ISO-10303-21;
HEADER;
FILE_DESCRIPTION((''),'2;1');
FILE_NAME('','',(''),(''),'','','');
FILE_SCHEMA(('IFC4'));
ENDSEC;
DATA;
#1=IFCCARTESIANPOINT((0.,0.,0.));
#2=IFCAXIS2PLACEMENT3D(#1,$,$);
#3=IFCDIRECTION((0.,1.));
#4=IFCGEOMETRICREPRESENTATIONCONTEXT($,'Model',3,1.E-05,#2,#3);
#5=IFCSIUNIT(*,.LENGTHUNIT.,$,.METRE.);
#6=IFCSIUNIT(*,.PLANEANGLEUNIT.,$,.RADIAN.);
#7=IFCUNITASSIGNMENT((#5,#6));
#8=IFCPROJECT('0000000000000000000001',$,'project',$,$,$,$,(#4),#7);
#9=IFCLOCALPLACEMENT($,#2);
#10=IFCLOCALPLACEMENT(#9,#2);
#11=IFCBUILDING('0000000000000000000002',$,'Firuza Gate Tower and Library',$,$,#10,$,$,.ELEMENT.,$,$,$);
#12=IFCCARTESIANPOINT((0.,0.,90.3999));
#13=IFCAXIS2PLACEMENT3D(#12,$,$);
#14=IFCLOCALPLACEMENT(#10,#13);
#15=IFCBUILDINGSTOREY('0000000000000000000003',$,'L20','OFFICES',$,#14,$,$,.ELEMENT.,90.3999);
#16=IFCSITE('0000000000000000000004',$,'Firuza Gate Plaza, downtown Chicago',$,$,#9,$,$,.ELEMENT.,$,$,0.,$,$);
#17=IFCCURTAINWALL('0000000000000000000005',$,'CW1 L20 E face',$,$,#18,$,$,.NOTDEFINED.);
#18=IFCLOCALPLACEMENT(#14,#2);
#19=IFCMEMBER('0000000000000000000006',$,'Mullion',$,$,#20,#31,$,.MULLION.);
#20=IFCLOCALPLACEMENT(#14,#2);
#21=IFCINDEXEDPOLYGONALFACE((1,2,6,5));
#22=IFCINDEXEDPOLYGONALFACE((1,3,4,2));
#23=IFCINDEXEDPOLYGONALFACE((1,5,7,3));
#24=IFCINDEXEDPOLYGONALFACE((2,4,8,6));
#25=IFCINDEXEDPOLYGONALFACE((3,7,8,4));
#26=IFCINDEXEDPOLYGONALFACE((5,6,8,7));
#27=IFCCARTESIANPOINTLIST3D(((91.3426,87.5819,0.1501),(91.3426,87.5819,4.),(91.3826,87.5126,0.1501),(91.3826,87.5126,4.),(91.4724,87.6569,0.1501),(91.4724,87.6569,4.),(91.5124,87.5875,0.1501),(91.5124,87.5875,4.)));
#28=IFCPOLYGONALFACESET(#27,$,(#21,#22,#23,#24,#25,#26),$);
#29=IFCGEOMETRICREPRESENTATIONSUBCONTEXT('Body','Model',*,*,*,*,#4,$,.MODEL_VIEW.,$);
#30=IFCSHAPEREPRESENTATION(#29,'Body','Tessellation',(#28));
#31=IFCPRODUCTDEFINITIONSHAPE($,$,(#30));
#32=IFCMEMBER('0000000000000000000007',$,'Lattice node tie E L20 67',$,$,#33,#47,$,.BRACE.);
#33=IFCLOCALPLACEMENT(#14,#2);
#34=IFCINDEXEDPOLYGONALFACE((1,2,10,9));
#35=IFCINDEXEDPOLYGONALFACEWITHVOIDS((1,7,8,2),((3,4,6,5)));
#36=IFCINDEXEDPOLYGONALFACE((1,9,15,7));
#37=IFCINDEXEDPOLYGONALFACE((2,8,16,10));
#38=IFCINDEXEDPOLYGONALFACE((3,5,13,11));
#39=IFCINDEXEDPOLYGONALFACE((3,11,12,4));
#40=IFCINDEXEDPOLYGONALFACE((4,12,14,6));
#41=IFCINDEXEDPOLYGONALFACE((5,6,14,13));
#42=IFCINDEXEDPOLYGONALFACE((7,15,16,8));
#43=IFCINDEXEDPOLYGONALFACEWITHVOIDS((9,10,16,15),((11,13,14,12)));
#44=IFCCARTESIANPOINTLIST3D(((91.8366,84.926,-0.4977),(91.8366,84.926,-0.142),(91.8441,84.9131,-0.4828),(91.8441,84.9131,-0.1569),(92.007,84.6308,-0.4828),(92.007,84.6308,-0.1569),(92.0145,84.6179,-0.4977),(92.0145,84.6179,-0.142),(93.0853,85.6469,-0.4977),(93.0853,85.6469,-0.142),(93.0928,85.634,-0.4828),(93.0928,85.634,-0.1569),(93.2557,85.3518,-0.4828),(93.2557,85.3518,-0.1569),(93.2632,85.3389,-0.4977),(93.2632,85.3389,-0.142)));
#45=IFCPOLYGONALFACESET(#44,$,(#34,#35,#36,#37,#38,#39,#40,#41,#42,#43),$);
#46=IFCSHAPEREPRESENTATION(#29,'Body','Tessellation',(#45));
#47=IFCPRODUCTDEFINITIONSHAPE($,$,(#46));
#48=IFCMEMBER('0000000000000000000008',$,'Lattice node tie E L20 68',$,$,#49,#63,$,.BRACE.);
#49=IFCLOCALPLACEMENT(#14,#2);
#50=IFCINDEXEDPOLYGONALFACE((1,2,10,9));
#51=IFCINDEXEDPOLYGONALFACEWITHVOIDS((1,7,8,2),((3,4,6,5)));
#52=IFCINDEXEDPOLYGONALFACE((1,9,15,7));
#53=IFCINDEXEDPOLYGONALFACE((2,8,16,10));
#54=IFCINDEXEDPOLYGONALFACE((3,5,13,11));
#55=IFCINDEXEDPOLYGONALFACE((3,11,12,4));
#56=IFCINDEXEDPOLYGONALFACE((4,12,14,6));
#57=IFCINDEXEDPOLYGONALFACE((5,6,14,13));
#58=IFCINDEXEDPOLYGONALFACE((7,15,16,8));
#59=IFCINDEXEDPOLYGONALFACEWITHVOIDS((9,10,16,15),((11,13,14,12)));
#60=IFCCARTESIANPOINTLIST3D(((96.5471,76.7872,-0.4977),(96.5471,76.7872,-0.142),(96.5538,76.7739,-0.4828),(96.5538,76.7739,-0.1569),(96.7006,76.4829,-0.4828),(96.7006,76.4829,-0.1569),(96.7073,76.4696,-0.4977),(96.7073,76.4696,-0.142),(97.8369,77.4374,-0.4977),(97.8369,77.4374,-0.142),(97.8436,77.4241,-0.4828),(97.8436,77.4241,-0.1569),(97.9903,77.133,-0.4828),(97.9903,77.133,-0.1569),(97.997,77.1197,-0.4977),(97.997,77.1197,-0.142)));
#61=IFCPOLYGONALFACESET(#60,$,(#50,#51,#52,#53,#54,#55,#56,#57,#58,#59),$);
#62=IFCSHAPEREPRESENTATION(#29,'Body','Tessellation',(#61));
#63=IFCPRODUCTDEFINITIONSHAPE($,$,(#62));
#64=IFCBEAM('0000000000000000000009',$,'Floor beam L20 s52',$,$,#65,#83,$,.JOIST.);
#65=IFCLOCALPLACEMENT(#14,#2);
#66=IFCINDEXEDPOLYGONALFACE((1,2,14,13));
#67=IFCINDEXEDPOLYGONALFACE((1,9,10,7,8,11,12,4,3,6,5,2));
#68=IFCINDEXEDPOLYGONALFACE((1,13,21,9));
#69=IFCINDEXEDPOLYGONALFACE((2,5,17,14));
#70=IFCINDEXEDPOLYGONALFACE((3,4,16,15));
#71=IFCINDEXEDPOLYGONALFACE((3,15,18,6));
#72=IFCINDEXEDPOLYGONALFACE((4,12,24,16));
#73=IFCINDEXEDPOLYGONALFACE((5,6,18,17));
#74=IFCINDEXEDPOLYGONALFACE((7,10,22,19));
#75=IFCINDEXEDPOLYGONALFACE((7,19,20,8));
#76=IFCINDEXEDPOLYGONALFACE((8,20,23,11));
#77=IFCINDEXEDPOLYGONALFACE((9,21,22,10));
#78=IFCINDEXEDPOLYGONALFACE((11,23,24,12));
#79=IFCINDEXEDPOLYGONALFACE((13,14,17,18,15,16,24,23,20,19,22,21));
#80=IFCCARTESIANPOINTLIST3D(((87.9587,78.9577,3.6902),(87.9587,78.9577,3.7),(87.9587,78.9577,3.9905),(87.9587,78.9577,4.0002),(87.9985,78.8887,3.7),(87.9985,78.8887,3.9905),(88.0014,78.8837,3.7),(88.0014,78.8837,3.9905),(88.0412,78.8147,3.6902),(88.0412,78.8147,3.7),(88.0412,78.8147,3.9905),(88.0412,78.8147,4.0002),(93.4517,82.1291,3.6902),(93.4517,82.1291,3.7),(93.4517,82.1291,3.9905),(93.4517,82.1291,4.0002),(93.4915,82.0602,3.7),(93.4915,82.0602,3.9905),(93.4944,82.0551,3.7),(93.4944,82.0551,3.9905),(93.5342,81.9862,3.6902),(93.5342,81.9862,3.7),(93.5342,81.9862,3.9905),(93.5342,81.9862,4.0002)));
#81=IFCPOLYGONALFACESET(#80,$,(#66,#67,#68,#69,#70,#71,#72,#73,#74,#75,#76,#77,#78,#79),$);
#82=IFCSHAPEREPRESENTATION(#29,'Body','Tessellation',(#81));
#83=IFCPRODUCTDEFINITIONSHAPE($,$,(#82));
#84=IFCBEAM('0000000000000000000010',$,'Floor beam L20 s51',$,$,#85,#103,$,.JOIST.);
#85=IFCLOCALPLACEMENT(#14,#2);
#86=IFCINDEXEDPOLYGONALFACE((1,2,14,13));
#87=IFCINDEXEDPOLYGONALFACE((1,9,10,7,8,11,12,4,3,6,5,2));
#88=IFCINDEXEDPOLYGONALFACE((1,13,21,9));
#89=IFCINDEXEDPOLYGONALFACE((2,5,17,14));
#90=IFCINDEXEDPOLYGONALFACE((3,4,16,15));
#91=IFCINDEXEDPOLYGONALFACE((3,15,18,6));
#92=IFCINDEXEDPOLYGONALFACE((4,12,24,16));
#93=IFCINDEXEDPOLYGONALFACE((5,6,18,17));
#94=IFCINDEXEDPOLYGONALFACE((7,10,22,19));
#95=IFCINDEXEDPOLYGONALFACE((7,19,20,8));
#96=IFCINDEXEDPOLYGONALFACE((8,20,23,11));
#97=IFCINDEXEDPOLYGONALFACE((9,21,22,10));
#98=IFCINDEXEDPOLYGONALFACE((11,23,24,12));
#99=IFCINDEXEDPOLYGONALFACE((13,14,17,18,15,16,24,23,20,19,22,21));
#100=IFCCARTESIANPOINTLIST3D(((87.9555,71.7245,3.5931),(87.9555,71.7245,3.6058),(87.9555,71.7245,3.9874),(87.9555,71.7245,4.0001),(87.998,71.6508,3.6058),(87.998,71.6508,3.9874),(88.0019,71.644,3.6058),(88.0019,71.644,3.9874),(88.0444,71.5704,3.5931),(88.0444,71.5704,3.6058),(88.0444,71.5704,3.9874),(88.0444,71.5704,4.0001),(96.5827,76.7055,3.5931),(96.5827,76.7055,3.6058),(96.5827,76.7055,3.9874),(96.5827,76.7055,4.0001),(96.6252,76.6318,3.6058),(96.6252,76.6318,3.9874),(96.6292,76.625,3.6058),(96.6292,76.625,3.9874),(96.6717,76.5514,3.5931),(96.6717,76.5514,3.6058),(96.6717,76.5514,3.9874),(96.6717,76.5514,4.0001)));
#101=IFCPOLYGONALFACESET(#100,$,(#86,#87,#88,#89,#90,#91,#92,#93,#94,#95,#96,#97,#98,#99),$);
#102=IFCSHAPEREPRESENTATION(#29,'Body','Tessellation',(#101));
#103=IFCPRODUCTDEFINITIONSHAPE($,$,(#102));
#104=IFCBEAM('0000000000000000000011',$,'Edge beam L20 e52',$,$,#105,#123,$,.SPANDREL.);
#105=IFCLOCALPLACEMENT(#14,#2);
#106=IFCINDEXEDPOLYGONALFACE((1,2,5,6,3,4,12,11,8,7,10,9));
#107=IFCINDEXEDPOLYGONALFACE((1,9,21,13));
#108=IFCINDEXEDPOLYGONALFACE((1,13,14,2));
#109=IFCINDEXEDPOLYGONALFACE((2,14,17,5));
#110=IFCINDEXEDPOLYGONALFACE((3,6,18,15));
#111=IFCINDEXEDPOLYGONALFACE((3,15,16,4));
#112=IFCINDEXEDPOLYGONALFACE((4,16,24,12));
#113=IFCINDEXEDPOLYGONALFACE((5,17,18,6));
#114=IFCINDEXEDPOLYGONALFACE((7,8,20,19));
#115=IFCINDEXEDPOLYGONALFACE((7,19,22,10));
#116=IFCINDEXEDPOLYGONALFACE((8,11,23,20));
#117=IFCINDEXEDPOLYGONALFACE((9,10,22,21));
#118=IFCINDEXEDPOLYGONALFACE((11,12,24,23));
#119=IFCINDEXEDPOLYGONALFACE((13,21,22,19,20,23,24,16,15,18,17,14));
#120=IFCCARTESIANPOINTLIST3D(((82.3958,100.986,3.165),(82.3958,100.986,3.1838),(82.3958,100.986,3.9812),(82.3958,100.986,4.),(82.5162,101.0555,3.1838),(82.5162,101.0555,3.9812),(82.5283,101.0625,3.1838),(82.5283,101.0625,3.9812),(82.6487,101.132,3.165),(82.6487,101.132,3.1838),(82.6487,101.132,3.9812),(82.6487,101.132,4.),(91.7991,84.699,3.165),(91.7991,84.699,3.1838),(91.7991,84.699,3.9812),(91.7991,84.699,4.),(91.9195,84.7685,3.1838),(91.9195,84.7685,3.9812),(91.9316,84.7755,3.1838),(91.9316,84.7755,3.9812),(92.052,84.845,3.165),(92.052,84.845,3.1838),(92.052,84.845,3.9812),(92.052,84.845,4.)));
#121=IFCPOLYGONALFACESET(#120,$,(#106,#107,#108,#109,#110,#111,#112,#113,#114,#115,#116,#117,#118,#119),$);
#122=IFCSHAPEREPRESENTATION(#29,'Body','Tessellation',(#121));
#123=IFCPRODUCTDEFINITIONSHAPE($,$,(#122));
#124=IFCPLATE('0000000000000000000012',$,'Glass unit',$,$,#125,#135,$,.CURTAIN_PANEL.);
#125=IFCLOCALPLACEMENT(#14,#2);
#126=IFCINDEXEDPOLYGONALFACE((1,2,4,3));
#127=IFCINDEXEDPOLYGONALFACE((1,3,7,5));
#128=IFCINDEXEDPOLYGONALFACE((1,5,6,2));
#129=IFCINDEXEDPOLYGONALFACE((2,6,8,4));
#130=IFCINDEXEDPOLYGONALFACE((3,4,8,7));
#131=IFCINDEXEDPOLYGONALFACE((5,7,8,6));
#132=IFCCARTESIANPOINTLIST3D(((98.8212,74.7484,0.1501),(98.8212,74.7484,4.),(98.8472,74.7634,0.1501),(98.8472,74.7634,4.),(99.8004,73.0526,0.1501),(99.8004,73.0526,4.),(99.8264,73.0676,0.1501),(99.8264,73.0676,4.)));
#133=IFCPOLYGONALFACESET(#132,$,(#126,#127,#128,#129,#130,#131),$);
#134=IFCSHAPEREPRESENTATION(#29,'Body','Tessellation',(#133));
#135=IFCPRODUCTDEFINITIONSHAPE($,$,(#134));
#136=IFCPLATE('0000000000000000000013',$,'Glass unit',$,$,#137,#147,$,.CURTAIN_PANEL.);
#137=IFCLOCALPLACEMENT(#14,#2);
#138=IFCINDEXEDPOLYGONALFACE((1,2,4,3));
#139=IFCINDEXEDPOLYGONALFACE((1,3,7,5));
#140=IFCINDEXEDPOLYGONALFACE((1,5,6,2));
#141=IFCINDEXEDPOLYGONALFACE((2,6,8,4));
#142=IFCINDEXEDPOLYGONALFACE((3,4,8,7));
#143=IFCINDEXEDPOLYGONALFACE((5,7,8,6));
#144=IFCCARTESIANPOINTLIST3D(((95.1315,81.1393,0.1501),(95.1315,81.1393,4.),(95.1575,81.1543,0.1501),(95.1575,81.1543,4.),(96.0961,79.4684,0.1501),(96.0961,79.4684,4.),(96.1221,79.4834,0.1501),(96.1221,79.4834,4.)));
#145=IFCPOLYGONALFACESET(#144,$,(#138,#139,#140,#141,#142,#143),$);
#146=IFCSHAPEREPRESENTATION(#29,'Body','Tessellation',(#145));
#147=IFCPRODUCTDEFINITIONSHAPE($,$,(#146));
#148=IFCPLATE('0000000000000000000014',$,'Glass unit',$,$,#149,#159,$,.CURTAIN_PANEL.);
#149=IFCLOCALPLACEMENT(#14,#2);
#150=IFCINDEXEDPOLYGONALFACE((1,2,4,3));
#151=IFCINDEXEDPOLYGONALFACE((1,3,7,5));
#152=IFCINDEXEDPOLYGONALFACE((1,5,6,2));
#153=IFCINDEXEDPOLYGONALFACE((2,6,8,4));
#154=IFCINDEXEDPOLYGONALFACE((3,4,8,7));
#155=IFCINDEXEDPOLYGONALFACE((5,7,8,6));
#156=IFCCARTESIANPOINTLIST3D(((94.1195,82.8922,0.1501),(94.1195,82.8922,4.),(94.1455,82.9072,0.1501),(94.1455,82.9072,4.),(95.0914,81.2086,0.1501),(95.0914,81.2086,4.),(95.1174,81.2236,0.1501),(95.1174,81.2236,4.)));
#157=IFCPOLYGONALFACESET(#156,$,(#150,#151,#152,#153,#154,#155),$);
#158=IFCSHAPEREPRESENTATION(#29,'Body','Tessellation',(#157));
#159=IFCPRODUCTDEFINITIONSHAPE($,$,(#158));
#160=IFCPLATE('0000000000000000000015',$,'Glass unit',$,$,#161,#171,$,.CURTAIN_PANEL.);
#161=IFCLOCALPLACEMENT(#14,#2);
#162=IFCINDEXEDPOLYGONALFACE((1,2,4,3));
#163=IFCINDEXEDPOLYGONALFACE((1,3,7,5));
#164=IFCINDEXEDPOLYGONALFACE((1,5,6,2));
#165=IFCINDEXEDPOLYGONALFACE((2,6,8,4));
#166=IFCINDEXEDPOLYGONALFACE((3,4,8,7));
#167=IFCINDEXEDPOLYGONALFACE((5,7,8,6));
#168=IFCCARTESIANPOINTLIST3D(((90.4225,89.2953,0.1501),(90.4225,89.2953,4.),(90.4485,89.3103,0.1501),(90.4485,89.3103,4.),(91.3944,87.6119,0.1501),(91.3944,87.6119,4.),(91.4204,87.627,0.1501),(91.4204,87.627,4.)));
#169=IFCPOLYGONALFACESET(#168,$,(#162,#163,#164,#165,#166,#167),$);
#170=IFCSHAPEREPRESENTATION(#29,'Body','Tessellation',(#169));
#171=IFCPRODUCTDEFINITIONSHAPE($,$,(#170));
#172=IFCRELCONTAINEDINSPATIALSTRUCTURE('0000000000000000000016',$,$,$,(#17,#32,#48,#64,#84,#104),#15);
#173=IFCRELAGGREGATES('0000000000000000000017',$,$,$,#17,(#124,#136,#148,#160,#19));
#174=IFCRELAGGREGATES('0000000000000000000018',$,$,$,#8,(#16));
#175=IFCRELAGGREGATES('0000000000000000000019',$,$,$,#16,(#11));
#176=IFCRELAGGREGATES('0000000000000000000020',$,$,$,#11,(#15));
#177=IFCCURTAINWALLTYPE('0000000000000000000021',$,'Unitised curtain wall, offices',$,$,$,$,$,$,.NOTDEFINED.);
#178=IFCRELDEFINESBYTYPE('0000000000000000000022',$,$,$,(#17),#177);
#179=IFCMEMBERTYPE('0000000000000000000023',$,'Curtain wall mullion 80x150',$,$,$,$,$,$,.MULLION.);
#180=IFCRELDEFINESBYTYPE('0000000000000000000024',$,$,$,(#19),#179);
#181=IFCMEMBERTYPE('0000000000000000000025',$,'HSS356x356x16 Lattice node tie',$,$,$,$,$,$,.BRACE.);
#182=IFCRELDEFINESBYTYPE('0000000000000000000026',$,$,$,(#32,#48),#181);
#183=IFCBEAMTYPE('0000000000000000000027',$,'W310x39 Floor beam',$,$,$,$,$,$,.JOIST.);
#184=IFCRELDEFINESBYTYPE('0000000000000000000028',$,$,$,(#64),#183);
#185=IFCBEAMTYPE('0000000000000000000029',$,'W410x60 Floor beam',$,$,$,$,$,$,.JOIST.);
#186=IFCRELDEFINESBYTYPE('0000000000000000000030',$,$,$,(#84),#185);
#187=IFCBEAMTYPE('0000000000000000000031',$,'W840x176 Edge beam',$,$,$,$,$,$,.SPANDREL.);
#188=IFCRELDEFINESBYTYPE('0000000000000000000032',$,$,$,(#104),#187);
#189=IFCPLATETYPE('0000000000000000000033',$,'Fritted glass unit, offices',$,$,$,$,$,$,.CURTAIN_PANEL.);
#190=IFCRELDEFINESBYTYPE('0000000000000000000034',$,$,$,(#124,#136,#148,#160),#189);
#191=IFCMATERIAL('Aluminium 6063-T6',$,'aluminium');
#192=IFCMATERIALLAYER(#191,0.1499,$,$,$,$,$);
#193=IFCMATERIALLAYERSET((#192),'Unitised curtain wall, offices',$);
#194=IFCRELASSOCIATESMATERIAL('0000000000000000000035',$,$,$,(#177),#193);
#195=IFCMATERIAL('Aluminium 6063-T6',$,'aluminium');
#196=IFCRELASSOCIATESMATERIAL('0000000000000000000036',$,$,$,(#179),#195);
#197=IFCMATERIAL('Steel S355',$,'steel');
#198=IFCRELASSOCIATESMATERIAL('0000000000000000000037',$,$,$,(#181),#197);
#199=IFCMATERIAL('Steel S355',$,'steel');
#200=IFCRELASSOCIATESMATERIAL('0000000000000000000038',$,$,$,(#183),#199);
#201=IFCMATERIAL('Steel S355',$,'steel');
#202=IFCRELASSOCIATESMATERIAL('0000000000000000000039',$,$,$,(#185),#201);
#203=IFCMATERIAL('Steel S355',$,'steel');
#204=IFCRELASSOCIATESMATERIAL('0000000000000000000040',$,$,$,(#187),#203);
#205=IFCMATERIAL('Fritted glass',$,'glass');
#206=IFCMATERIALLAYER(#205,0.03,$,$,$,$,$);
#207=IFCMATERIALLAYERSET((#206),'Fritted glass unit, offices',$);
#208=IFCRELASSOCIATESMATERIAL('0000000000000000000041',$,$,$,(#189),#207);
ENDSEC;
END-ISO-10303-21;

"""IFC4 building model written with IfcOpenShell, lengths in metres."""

from ifc_helpers import new_model, si_unit, direction, frame, origin, origin_2d, place, context, subcontext, project, spatial, polyline, rectangle, hollow_rectangle, i_section, outline, extrude, material, layer, layer_set, material_profile, profile_set, type_object, element, aggregate, save


model = new_model("IFC4")

# Units and contexts
model_context = context("Model", 3, precision=1e-05, world=origin(), true_north=direction((0.0, 1.0)))
body_context = subcontext(model_context, "Body", "Model", "MODEL_VIEW")
ifc_project = project(units=[si_unit("LENGTHUNIT", "METRE"), si_unit("PLANEANGLEUNIT", "RADIAN")], contexts=[model_context])

# Site, building, storey
site_placement = place(None, origin())
site = spatial("IfcSite", under=ifc_project, at=site_placement, Name="Firuza Gate Plaza, downtown Chicago", CompositionType="ELEMENT", RefElevation=0.0)
building_placement = place(site_placement, origin())
building = spatial("IfcBuilding", under=site, at=building_placement, Name="Firuza Gate Tower and Library", CompositionType="ELEMENT")
storey_placement = place(building_placement, frame((0.0, 0.0, 90.3999)))
storey = spatial("IfcBuildingStorey", under=building, at=storey_placement, Name="L20", Description="OFFICES", CompositionType="ELEMENT", Elevation=90.3999)

# Curtain wall, member
ifc_material_1 = material(Name="Aluminium 6063-T6", Category="aluminium")
ifc_layer_1 = layer(ifc_material_1, 0.1499)
ifc_layer_set_1 = layer_set([ifc_layer_1], Name="Unitised curtain wall, offices")
curtain_wall_type = type_object("IfcCurtainWallType", Name="Unitised curtain wall, offices", PredefinedType="NOTDEFINED", material=ifc_layer_set_1)
curtain_wall_placement = place(storey_placement, origin())
curtain_wall = element("IfcCurtainWall", 1, at=curtain_wall_placement, inside=storey, type_object=curtain_wall_type, Name="CW1 L20 E face", PredefinedType="NOTDEFINED")
ifc_material_2 = material(Name="Aluminium 6063-T6", Category="aluminium")
ifc_material_profile_1 = material_profile(ifc_material_2, rectangle(XDim=0.1499, YDim=0.0801, at=origin_2d()))
ifc_profile_set_1 = profile_set([ifc_material_profile_1], Name="Aluminium 6063-T6")
member_type_1 = type_object("IfcMemberType", Name="Curtain wall mullion 80x150", PredefinedType="MULLION", material=ifc_profile_set_1)
member_1_placement = place(storey_placement, frame((91.4275, 87.5847, 0.1501), z_axis=(0.0, 0.0, 1.0), x_axis=(-0.866025, -0.5, 0.0)))
member_1 = element("IfcMember", 2, at=member_1_placement, type_object=member_type_1, Name="Mullion", PredefinedType="MULLION", context=body_context, shape_type="SweptSolid", body=[
    extrude(rectangle(XDim=0.1499, YDim=0.0801, at=origin_2d()), origin(), (0.0, 0.0, 1.0), 3.8499),
])

# Members
ifc_material_3 = material(Name="Steel S355", Category="steel")
ifc_material_profile_2 = material_profile(ifc_material_3, hollow_rectangle(XDim=0.3557, YDim=0.3557, WallThickness=0.0149, at=origin_2d()))
ifc_profile_set_2 = profile_set([ifc_material_profile_2], Name="Steel S355")
member_type_2 = type_object("IfcMemberType", Name="HSS356x356x16 Lattice node tie", PredefinedType="BRACE", material=ifc_profile_set_2)
member_2_placement = place(storey_placement, frame((91.9255, 84.772, -0.3198), z_axis=(0.866036, 0.499981, 0.0), x_axis=(-0.499981, 0.866036, 0.0)))
element("IfcMember", 3, at=member_2_placement, inside=storey, type_object=member_type_2, Name="Lattice node tie E L20 67", PredefinedType="BRACE", context=body_context, shape_type="SweptSolid", body=[
    extrude(hollow_rectangle(XDim=0.3557, YDim=0.3557, WallThickness=0.0149, at=origin_2d()), origin(), (0.0, 0.0, 1.0), 1.4419),
])
member_3_placement = place(storey_placement, frame((96.6272, 76.6284, -0.3198), z_axis=(0.892969, 0.450118, 0.0), x_axis=(-0.450118, 0.892969, 0.0)))
element("IfcMember", 4, at=member_3_placement, inside=storey, type_object=member_type_2, Name="Lattice node tie E L20 68", PredefinedType="BRACE", context=body_context, shape_type="SweptSolid", body=[
    extrude(hollow_rectangle(XDim=0.3557, YDim=0.3557, WallThickness=0.0149, at=origin_2d()), origin(), (0.0, 0.0, 1.0), 1.4443),
])

# Beams
ifc_material_4 = material(Name="Steel S355", Category="steel")
ifc_material_profile_3 = material_profile(ifc_material_4, i_section(OverallWidth=0.165, OverallDepth=0.3101, WebThickness=0.0059, FlangeThickness=0.0098, at=origin_2d()))
ifc_profile_set_3 = profile_set([ifc_material_profile_3], Name="Steel S355")
beam_type_1 = type_object("IfcBeamType", Name="W310x39 Floor beam", PredefinedType="JOIST", material=ifc_profile_set_3)
beam_1_placement = place(storey_placement, frame((93.4929, 82.0576, 3.8452), z_axis=(-0.866022, -0.500006, 0.0), x_axis=(0.500006, -0.866022, 0.0)))
element("IfcBeam", 5, at=beam_1_placement, inside=storey, type_object=beam_type_1, Name="Floor beam L20 s52", PredefinedType="JOIST", context=body_context, shape_type="SweptSolid", body=[
    extrude(i_section(OverallWidth=0.165, OverallDepth=0.3101, WebThickness=0.0059, FlangeThickness=0.0098, at=origin_2d()), origin(), (0.0, 0.0, 1.0), 6.3428),
])
ifc_material_5 = material(Name="Steel S355", Category="steel")
ifc_material_profile_4 = material_profile(ifc_material_5, i_section(OverallWidth=0.178, OverallDepth=0.407, WebThickness=0.0078, FlangeThickness=0.0127, at=origin_2d()))
ifc_profile_set_4 = profile_set([ifc_material_profile_4], Name="Steel S355")
beam_type_2 = type_object("IfcBeamType", Name="W410x60 Floor beam", PredefinedType="JOIST", material=ifc_profile_set_4)
beam_2_placement = place(storey_placement, frame((96.6272, 76.6284, 3.7966), z_axis=(-0.866024, -0.500003, 0.0), x_axis=(0.500003, -0.866024, 0.0)))
element("IfcBeam", 6, at=beam_2_placement, inside=storey, type_object=beam_type_2, Name="Floor beam L20 s51", PredefinedType="JOIST", context=body_context, shape_type="SweptSolid", body=[
    extrude(i_section(OverallWidth=0.178, OverallDepth=0.407, WebThickness=0.0078, FlangeThickness=0.0127, at=origin_2d()), origin(), (0.0, 0.0, 1.0), 9.9619),
])
ifc_material_6 = material(Name="Steel S355", Category="steel")
ifc_material_profile_5 = material_profile(ifc_material_6, i_section(OverallWidth=0.292, OverallDepth=0.835, WebThickness=0.0139, FlangeThickness=0.0188, at=origin_2d()))
ifc_profile_set_5 = profile_set([ifc_material_profile_5], Name="Steel S355")
beam_type_3 = type_object("IfcBeamType", Name="W840x176 Edge beam", PredefinedType="SPANDREL", material=ifc_profile_set_5)
beam_3_placement = place(storey_placement, frame((91.9255, 84.772, 3.5825), z_axis=(-0.499998, 0.866026, 0.0), x_axis=(-0.866026, -0.499998, 0.0)))
element("IfcBeam", 7, at=beam_3_placement, inside=storey, type_object=beam_type_3, Name="Edge beam L20 e52", PredefinedType="SPANDREL", context=body_context, shape_type="SweptSolid", body=[
    extrude(i_section(OverallWidth=0.292, OverallDepth=0.835, WebThickness=0.0139, FlangeThickness=0.0188, at=origin_2d()), origin(), (0.0, 0.0, 1.0), 18.8066),
])

# Plates
ifc_material_7 = material(Name="Fritted glass", Category="glass")
ifc_layer_2 = layer(ifc_material_7, 0.03)
ifc_layer_set_2 = layer_set([ifc_layer_2], Name="Fritted glass unit, offices")
plate_type_1 = type_object("IfcPlateType", Name="Fritted glass unit, offices", PredefinedType="CURTAIN_PANEL", material=ifc_layer_set_2)
plate_1_placement = place(storey_placement, frame((99.8264, 73.0676, 0.1501), z_axis=(0.865986, 0.500068, 0.0), x_axis=(-0.500068, 0.865986, 0.0)))
plate_1 = element("IfcPlate", 8, at=plate_1_placement, type_object=plate_type_1, Name="Glass unit", PredefinedType="CURTAIN_PANEL", context=body_context, shape_type="SweptSolid", body=[
    extrude(outline(polyline([(0.0, 0.0), (1.9582, 0.0), (1.9582, 3.8499), (0.0, 3.8499), (0.0, 0.0)])), origin(), (0.0, 0.0, -1.0), 0.03),
])
plate_2_placement = place(storey_placement, frame((96.1221, 79.4834, 0.1501), z_axis=(0.866047, 0.499963, 0.0), x_axis=(-0.499963, 0.866047, 0.0)))
plate_2 = element("IfcPlate", 9, at=plate_2_placement, type_object=plate_type_1, Name="Glass unit", PredefinedType="CURTAIN_PANEL", context=body_context, shape_type="SweptSolid", body=[
    extrude(outline(polyline([(0.0, 0.0), (1.9293, 0.0), (1.9293, 3.8499), (0.0, 3.8499), (0.0, 0.0)])), origin(), (0.0, 0.0, -1.0), 0.03),
])
plate_3_placement = place(storey_placement, frame((95.1174, 81.2236, 0.1501), z_axis=(0.866048, 0.499962, 0.0), x_axis=(-0.499962, 0.866048, 0.0)))
plate_3 = element("IfcPlate", 10, at=plate_3_placement, type_object=plate_type_1, Name="Glass unit", PredefinedType="CURTAIN_PANEL", context=body_context, shape_type="SweptSolid", body=[
    extrude(outline(polyline([(0.0, 0.0), (1.944, 0.0), (1.944, 3.8499), (0.0, 3.8499), (0.0, 0.0)])), origin(), (0.0, 0.0, -1.0), 0.03),
])
plate_4_placement = place(storey_placement, frame((91.4204, 87.627, 0.1501), z_axis=(0.866016, 0.500016, 0.0), x_axis=(-0.500016, 0.866016, 0.0)))
plate_4 = element("IfcPlate", 11, at=plate_4_placement, type_object=plate_type_1, Name="Glass unit", PredefinedType="CURTAIN_PANEL", context=body_context, shape_type="SweptSolid", body=[
    extrude(outline(polyline([(0.0, 0.0), (1.9438, 0.0), (1.9438, 3.8499), (0.0, 3.8499), (0.0, 0.0)])), origin(), (0.0, 0.0, -1.0), 0.03),
])
aggregate(curtain_wall, [plate_1, plate_2, plate_3, plate_4, member_1])

save(model, "model.ifc")
